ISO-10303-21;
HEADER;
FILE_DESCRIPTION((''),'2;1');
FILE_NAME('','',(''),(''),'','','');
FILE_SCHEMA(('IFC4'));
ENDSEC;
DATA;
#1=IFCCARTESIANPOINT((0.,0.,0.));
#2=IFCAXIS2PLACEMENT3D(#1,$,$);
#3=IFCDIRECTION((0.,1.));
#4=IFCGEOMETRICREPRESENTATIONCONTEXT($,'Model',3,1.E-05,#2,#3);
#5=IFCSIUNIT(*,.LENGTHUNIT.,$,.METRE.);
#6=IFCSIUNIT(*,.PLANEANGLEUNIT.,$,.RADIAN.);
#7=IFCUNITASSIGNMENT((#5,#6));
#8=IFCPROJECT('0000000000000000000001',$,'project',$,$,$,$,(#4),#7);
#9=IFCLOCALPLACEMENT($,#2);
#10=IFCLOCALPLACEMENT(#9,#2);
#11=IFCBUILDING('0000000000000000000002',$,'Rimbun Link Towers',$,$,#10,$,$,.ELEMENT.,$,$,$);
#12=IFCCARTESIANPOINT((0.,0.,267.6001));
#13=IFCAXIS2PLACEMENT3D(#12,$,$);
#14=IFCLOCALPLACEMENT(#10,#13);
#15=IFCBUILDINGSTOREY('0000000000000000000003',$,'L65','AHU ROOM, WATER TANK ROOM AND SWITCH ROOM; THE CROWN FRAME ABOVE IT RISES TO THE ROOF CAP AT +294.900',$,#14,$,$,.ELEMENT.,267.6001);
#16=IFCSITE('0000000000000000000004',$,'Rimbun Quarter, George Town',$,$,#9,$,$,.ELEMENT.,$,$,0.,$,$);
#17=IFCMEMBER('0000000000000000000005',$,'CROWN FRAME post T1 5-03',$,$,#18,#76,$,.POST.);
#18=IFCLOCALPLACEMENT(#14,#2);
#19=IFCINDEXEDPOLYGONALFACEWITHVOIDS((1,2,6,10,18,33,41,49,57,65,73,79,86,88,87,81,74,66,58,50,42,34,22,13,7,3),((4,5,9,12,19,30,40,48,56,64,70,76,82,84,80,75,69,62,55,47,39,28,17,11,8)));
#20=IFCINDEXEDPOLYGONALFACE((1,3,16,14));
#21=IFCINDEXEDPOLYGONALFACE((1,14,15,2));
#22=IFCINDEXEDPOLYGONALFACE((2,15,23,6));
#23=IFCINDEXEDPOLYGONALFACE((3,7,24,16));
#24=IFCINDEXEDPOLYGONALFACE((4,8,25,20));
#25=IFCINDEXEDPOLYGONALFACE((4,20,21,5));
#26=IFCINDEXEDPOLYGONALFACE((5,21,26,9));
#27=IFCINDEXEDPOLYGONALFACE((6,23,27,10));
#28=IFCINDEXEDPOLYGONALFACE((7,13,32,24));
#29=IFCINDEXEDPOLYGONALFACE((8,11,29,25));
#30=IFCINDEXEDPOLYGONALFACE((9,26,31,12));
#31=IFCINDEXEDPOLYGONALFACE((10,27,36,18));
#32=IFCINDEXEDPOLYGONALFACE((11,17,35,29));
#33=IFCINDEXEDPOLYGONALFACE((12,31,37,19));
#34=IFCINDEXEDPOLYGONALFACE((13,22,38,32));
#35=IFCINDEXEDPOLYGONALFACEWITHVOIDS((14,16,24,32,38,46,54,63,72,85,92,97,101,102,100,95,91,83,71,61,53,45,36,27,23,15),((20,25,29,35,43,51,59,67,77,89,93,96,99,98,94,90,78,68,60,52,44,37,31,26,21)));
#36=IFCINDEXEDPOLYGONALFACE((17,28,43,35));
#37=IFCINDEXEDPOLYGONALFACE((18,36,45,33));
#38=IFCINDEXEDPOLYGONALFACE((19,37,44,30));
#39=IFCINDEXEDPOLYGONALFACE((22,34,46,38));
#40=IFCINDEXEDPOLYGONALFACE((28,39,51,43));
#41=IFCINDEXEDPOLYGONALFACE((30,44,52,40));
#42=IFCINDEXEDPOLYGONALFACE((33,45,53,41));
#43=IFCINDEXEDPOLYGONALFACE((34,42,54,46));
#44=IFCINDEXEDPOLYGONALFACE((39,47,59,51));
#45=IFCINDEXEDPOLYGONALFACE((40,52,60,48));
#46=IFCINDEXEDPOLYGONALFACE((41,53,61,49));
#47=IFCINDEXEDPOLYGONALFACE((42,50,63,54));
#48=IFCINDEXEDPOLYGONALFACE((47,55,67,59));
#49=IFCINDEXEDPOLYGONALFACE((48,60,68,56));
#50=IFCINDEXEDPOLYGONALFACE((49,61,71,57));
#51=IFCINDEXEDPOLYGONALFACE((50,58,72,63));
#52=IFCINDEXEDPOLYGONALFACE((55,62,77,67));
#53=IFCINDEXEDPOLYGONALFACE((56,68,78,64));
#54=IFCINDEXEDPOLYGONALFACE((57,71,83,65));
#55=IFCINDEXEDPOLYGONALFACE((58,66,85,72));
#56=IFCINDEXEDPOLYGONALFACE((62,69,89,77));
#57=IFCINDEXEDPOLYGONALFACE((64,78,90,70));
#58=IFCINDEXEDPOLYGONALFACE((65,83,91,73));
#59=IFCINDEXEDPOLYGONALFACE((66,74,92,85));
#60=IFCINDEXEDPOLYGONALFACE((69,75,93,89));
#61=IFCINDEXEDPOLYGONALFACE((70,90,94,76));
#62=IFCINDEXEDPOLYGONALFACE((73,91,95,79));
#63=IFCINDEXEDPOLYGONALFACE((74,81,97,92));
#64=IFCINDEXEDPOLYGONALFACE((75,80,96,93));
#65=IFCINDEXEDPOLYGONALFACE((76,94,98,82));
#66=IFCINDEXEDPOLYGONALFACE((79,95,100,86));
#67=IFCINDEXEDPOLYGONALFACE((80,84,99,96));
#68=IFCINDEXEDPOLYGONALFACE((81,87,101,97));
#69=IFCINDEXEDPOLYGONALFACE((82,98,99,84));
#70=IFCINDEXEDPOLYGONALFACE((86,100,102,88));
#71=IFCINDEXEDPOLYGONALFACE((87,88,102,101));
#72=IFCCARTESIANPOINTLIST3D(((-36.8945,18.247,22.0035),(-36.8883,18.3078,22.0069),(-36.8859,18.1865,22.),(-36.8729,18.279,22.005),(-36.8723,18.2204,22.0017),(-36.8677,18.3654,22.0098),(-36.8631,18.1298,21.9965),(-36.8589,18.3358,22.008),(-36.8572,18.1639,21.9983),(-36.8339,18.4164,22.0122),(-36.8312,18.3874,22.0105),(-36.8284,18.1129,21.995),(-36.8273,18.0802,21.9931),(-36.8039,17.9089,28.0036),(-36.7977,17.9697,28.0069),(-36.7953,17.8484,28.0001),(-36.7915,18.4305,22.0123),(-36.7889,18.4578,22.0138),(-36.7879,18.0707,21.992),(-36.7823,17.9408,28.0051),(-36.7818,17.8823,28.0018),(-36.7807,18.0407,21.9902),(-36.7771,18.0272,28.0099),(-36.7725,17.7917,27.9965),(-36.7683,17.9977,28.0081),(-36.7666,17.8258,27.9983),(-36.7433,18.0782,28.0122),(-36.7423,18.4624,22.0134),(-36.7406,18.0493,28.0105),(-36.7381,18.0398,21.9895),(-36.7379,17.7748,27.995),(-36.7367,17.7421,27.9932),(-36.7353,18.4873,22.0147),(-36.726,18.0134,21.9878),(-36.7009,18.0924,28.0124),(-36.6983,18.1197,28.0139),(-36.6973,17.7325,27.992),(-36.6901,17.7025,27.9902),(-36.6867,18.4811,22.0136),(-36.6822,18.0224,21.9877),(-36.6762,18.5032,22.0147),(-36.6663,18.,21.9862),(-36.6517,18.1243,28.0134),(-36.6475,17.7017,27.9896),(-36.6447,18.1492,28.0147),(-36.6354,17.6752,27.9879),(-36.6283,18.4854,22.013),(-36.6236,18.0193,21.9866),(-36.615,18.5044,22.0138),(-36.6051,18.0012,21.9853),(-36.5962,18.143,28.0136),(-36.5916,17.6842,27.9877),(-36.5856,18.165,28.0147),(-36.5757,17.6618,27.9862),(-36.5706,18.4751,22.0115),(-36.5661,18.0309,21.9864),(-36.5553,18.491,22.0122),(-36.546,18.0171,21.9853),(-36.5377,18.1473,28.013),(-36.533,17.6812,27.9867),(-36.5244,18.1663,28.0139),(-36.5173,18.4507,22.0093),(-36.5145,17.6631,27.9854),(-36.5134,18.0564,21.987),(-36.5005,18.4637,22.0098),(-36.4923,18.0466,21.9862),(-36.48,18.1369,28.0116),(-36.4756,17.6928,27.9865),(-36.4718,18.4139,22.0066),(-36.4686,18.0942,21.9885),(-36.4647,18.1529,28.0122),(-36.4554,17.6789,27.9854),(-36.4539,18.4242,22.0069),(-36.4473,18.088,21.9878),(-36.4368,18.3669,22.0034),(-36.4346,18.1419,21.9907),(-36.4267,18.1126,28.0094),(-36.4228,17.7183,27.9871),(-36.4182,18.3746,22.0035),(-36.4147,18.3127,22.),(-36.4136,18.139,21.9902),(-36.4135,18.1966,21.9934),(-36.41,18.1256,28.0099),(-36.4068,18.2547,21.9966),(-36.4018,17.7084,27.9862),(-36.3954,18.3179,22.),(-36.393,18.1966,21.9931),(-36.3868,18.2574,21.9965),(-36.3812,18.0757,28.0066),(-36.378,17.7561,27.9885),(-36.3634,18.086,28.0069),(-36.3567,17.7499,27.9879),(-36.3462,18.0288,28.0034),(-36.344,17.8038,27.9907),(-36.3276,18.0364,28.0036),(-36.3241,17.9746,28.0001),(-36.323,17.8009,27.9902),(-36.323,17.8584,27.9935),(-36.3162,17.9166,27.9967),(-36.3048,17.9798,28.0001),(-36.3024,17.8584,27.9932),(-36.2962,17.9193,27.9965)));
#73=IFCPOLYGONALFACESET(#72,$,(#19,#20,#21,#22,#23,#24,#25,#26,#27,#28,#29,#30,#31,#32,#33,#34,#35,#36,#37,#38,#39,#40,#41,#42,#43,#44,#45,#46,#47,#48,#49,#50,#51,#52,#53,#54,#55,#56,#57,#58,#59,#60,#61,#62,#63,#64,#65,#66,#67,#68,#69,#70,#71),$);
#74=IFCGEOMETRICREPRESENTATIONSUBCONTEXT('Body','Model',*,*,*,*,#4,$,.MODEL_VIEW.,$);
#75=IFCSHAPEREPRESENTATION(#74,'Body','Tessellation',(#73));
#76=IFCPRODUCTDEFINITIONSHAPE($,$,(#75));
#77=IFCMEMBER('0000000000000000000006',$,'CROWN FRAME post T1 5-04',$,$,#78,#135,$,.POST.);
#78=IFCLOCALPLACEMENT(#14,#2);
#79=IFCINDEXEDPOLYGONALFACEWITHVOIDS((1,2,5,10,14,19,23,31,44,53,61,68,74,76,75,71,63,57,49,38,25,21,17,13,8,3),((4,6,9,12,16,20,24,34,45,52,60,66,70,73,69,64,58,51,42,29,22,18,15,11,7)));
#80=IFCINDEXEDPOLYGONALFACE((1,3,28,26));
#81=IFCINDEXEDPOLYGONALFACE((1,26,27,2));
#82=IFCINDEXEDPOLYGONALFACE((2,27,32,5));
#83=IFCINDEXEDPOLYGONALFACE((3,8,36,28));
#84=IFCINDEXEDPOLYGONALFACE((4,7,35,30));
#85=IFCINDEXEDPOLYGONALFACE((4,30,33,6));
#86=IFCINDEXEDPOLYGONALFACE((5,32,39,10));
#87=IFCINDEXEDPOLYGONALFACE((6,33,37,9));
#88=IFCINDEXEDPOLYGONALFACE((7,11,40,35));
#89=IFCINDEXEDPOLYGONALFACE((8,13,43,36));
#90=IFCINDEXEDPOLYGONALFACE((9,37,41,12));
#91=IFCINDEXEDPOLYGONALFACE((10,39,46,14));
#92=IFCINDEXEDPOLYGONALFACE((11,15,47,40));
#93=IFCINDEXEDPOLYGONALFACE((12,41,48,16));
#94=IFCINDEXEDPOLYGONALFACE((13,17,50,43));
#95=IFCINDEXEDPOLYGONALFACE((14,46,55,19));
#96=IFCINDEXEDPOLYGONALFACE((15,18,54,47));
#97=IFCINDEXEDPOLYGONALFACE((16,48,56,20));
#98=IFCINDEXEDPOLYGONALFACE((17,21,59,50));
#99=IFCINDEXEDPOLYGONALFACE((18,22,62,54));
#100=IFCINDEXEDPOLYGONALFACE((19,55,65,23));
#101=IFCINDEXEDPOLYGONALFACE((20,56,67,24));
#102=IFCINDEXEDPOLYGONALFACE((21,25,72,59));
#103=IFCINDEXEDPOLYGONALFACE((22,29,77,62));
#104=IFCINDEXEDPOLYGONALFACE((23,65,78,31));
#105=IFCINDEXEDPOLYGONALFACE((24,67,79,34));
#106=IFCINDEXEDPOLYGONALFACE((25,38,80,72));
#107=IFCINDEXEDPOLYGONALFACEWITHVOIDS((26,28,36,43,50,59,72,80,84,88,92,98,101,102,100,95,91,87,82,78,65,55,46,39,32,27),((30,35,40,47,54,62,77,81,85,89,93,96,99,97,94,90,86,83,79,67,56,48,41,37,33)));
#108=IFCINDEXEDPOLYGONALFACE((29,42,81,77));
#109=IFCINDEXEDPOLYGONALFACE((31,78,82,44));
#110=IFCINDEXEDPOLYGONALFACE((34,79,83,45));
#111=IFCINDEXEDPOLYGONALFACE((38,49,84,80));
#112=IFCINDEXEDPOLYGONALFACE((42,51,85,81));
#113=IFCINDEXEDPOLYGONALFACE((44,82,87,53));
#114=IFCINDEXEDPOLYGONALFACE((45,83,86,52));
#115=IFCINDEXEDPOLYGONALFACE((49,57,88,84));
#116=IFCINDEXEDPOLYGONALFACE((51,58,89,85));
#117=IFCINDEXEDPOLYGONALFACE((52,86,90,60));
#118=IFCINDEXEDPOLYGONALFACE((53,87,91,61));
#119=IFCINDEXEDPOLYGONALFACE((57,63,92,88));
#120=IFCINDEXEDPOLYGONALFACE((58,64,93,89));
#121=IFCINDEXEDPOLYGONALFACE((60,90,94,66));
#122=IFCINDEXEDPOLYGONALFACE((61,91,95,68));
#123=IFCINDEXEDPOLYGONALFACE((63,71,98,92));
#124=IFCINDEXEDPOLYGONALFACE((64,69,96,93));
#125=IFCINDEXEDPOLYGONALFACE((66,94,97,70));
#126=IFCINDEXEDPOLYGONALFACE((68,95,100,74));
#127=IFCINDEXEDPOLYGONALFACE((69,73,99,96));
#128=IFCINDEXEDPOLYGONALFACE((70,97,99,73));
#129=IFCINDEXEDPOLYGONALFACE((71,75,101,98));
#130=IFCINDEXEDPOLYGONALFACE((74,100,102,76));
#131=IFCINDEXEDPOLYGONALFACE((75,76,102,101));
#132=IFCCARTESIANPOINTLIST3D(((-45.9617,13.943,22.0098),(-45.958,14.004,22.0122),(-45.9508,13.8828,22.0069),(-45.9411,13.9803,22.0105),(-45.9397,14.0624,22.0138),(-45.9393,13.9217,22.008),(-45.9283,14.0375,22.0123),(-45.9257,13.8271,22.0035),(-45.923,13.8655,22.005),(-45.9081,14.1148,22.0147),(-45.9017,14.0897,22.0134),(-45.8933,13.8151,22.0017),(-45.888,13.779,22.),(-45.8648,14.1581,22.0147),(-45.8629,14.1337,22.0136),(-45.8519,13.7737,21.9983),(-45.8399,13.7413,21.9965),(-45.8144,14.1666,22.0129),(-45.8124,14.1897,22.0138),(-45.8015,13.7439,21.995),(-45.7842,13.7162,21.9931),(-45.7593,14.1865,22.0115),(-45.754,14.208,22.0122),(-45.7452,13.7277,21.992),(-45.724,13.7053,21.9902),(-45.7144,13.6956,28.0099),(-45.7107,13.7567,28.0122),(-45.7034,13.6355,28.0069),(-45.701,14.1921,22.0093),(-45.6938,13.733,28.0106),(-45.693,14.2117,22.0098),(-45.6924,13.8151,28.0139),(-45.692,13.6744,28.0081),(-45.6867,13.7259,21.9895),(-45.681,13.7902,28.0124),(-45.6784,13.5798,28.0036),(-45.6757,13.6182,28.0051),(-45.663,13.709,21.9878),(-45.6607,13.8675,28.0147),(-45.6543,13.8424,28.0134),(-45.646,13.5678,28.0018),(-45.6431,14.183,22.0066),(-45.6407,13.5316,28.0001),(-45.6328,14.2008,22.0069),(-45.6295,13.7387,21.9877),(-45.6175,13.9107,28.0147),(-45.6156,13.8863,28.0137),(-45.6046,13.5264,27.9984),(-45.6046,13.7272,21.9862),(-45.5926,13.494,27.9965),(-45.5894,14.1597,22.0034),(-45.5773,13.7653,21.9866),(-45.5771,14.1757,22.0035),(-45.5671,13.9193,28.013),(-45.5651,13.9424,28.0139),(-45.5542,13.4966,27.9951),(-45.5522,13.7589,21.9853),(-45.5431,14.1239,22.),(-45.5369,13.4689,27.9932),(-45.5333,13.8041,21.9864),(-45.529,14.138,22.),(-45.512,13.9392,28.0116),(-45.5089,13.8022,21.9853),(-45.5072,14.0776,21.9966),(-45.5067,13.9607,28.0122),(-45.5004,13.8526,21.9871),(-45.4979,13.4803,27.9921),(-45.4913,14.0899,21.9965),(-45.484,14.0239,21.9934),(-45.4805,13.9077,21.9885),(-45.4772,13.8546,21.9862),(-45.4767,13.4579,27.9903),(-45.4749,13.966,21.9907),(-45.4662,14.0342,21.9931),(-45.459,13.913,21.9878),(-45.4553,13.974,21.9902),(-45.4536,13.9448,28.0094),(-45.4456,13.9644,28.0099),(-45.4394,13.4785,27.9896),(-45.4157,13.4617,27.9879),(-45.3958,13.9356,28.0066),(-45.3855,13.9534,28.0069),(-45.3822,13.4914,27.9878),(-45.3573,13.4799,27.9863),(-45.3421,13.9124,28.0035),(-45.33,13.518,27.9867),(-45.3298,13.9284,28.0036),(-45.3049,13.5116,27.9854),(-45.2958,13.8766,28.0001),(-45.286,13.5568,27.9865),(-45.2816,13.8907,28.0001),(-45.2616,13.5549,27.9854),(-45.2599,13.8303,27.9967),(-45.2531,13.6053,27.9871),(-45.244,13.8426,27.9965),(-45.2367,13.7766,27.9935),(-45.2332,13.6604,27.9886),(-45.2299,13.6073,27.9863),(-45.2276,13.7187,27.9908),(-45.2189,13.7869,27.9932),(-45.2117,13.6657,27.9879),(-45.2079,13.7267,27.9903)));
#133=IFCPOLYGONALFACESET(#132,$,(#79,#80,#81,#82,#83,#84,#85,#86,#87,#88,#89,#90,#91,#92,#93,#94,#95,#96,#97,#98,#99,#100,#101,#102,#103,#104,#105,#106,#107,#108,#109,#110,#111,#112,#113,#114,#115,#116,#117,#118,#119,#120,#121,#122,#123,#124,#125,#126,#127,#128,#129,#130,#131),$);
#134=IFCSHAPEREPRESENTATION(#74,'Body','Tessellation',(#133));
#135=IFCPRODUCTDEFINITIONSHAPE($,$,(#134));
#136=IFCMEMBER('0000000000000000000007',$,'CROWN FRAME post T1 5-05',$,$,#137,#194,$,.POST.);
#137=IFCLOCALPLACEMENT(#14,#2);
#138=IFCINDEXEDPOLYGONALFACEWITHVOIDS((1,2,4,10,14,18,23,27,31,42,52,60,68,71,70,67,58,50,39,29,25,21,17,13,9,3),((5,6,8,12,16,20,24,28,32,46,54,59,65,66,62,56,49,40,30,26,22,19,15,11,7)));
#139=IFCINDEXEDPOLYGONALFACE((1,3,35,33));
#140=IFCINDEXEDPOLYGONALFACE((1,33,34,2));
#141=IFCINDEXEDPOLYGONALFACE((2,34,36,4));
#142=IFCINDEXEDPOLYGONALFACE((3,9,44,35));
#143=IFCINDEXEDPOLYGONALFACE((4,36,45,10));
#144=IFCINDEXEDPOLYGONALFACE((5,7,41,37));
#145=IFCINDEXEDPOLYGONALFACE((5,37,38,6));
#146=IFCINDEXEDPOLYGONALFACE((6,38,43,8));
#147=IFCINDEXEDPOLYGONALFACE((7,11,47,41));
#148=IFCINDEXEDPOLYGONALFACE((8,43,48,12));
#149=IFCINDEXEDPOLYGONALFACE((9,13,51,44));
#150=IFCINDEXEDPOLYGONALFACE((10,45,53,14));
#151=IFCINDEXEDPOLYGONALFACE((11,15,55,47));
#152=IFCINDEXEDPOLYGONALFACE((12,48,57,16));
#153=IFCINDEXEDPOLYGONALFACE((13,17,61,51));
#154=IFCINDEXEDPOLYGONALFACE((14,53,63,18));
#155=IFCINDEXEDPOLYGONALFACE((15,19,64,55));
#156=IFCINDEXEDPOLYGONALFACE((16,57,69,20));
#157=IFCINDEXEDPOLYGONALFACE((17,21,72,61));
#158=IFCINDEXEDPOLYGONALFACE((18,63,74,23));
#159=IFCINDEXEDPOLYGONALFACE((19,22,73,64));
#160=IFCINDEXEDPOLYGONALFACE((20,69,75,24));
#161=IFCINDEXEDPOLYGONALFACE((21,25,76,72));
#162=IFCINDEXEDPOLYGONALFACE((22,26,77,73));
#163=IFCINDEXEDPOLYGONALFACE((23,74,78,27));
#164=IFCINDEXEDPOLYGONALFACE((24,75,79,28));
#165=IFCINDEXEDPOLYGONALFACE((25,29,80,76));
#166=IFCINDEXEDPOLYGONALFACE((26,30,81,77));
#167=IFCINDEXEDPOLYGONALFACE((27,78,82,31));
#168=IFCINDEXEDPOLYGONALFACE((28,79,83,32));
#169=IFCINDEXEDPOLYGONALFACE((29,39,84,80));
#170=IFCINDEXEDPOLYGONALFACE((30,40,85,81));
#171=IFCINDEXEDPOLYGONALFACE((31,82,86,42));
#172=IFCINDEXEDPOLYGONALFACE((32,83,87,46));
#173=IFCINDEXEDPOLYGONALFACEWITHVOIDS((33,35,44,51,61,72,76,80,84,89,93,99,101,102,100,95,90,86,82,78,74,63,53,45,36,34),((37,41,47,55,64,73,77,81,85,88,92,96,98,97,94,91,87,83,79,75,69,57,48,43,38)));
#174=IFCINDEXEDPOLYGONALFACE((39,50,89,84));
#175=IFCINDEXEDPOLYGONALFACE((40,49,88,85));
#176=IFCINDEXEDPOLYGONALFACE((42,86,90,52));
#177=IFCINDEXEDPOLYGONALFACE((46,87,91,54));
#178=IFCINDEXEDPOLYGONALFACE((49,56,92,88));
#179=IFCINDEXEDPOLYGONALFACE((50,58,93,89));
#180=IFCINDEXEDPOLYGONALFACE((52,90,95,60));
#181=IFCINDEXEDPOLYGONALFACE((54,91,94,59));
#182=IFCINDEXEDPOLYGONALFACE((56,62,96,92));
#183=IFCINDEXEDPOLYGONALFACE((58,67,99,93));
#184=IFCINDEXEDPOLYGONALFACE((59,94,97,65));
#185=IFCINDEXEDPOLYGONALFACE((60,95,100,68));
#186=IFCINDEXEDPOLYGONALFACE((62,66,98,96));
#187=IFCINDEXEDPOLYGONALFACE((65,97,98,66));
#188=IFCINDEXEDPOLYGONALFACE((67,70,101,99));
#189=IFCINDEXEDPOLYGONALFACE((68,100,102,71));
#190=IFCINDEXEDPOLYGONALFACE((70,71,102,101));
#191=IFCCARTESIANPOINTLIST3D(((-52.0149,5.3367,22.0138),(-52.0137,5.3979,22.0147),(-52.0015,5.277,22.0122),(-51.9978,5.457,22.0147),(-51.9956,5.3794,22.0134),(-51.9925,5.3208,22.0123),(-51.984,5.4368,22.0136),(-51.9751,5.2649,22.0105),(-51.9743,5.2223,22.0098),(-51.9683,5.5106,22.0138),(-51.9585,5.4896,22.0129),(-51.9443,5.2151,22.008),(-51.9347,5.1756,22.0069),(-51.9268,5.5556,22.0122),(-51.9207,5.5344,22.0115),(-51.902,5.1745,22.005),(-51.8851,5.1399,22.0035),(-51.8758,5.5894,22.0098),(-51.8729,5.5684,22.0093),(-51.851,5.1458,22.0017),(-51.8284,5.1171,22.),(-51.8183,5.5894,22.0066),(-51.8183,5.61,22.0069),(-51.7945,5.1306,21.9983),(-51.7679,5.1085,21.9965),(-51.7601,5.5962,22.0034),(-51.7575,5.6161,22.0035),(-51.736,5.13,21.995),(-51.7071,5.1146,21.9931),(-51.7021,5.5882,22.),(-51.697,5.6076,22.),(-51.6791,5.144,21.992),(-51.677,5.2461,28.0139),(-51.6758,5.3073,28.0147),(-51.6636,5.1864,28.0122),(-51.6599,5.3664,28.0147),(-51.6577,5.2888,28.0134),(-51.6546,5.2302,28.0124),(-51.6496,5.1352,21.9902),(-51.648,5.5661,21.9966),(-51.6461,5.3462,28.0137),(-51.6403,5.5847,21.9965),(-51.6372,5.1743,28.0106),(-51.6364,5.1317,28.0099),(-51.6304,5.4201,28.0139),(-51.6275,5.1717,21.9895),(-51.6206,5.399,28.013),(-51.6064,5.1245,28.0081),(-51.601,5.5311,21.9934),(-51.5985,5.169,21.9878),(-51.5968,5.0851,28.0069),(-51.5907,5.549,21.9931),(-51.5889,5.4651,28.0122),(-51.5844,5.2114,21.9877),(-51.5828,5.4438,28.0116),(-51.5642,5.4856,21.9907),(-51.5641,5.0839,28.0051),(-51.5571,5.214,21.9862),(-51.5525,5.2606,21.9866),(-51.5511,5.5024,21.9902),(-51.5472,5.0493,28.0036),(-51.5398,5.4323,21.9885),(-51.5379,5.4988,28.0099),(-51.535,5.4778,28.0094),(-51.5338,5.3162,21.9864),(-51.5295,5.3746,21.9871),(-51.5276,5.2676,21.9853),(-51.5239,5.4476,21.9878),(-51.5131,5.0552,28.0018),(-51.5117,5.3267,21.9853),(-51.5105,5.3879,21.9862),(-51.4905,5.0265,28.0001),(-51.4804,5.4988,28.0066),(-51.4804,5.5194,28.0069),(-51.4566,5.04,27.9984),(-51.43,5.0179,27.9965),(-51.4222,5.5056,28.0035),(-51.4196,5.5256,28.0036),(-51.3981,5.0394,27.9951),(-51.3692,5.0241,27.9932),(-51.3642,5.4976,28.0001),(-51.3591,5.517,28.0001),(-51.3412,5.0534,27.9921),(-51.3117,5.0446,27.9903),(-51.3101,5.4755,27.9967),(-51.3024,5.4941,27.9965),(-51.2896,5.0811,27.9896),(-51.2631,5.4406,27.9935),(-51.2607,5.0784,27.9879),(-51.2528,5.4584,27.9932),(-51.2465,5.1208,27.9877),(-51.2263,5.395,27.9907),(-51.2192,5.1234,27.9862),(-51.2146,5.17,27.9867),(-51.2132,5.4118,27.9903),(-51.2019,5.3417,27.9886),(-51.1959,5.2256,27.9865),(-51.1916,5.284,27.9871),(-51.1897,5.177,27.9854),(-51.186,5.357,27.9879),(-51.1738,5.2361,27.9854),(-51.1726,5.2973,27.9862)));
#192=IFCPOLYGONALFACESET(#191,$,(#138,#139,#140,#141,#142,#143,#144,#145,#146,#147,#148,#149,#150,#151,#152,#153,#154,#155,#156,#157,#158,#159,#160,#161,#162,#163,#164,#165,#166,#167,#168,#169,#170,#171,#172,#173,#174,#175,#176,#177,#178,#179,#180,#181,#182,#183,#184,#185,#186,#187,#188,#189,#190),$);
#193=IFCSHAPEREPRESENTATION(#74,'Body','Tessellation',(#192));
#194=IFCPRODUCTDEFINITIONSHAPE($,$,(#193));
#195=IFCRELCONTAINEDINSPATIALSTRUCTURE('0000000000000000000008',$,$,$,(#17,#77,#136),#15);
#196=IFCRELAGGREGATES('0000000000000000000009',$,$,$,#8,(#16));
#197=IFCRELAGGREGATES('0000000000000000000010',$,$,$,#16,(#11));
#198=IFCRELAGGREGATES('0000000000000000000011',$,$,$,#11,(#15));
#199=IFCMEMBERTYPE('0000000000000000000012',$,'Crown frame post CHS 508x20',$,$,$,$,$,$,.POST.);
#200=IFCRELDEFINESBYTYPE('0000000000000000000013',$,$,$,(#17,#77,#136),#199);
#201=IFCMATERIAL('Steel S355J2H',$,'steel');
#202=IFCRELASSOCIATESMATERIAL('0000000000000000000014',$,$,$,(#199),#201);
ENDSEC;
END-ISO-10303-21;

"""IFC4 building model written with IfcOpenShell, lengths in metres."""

from ifc_helpers import new_model, si_unit, direction, frame, origin, origin_2d, place, context, subcontext, project, spatial, hollow_circle, extrude, material, material_profile, profile_set, type_object, element, save


model = new_model("IFC4")

# Units and contexts
model_context = context("Model", 3, precision=1e-05, world=origin(), true_north=direction((0.0, 1.0)))
body_context = subcontext(model_context, "Body", "Model", "MODEL_VIEW")
ifc_project = project(units=[si_unit("LENGTHUNIT", "METRE"), si_unit("PLANEANGLEUNIT", "RADIAN")], contexts=[model_context])

# Site, building, storey
site_placement = place(None, origin())
site = spatial("IfcSite", under=ifc_project, at=site_placement, Name="Rimbun Quarter, George Town", CompositionType="ELEMENT", RefElevation=0.0)
building_placement = place(site_placement, origin())
building = spatial("IfcBuilding", under=site, at=building_placement, Name="Rimbun Link Towers", CompositionType="ELEMENT")
storey_placement = place(building_placement, frame((0.0, 0.0, 267.6001)))
storey = spatial("IfcBuildingStorey", under=building, at=storey_placement, Name="L65", Description="AHU ROOM, WATER TANK ROOM AND SWITCH ROOM; THE CROWN FRAME ABOVE IT RISES TO THE ROOF CAP AT +294.900", CompositionType="ELEMENT", Elevation=267.6001)

# Members
ifc_material_1 = material(Name="Steel S355J2H", Category="steel")
ifc_material_profile_1 = material_profile(ifc_material_1, hollow_circle(Radius=0.2539, WallThickness=0.02, at=origin_2d()), Name="Crown frame post CHS 508x20")
ifc_profile_set_1 = profile_set([ifc_material_profile_1], Name="Steel S355J2H")
member_type_1 = type_object("IfcMemberType", Name="Crown frame post CHS 508x20", PredefinedType="POST", material=ifc_profile_set_1)
for number, where, z_axis, x_axis, name in (
    (1, (-36.6406, 18.2522, 22.0), (0.01507, -0.05626, 0.998302), (0.965945, 0.258748, 0.0), "CROWN FRAME post T1 5-03"),
    (2, (-45.7085, 13.9585, 22.0), (0.041149, -0.041149, 0.998305), (0.707107, 0.707107, 0.0), "CROWN FRAME post T1 5-04"),
    (3, (-51.7627, 5.3623, 22.0), (0.05622, -0.01507, 0.998305), (0.258922, 0.965898, 0.0), "CROWN FRAME post T1 5-05"),
):
    element("IfcMember", number, at=place(storey_placement, frame(where, z_axis=z_axis, x_axis=x_axis)), inside=storey, type_object=member_type_1, Name=name, PredefinedType="POST", context=body_context, shape_type="SweptSolid", body=[
        extrude(hollow_circle(Radius=0.2539, WallThickness=0.02, at=origin_2d()), origin(), (0.0, 0.0, 1.0), 6.0103),
    ])

save(model, "model.ifc")
